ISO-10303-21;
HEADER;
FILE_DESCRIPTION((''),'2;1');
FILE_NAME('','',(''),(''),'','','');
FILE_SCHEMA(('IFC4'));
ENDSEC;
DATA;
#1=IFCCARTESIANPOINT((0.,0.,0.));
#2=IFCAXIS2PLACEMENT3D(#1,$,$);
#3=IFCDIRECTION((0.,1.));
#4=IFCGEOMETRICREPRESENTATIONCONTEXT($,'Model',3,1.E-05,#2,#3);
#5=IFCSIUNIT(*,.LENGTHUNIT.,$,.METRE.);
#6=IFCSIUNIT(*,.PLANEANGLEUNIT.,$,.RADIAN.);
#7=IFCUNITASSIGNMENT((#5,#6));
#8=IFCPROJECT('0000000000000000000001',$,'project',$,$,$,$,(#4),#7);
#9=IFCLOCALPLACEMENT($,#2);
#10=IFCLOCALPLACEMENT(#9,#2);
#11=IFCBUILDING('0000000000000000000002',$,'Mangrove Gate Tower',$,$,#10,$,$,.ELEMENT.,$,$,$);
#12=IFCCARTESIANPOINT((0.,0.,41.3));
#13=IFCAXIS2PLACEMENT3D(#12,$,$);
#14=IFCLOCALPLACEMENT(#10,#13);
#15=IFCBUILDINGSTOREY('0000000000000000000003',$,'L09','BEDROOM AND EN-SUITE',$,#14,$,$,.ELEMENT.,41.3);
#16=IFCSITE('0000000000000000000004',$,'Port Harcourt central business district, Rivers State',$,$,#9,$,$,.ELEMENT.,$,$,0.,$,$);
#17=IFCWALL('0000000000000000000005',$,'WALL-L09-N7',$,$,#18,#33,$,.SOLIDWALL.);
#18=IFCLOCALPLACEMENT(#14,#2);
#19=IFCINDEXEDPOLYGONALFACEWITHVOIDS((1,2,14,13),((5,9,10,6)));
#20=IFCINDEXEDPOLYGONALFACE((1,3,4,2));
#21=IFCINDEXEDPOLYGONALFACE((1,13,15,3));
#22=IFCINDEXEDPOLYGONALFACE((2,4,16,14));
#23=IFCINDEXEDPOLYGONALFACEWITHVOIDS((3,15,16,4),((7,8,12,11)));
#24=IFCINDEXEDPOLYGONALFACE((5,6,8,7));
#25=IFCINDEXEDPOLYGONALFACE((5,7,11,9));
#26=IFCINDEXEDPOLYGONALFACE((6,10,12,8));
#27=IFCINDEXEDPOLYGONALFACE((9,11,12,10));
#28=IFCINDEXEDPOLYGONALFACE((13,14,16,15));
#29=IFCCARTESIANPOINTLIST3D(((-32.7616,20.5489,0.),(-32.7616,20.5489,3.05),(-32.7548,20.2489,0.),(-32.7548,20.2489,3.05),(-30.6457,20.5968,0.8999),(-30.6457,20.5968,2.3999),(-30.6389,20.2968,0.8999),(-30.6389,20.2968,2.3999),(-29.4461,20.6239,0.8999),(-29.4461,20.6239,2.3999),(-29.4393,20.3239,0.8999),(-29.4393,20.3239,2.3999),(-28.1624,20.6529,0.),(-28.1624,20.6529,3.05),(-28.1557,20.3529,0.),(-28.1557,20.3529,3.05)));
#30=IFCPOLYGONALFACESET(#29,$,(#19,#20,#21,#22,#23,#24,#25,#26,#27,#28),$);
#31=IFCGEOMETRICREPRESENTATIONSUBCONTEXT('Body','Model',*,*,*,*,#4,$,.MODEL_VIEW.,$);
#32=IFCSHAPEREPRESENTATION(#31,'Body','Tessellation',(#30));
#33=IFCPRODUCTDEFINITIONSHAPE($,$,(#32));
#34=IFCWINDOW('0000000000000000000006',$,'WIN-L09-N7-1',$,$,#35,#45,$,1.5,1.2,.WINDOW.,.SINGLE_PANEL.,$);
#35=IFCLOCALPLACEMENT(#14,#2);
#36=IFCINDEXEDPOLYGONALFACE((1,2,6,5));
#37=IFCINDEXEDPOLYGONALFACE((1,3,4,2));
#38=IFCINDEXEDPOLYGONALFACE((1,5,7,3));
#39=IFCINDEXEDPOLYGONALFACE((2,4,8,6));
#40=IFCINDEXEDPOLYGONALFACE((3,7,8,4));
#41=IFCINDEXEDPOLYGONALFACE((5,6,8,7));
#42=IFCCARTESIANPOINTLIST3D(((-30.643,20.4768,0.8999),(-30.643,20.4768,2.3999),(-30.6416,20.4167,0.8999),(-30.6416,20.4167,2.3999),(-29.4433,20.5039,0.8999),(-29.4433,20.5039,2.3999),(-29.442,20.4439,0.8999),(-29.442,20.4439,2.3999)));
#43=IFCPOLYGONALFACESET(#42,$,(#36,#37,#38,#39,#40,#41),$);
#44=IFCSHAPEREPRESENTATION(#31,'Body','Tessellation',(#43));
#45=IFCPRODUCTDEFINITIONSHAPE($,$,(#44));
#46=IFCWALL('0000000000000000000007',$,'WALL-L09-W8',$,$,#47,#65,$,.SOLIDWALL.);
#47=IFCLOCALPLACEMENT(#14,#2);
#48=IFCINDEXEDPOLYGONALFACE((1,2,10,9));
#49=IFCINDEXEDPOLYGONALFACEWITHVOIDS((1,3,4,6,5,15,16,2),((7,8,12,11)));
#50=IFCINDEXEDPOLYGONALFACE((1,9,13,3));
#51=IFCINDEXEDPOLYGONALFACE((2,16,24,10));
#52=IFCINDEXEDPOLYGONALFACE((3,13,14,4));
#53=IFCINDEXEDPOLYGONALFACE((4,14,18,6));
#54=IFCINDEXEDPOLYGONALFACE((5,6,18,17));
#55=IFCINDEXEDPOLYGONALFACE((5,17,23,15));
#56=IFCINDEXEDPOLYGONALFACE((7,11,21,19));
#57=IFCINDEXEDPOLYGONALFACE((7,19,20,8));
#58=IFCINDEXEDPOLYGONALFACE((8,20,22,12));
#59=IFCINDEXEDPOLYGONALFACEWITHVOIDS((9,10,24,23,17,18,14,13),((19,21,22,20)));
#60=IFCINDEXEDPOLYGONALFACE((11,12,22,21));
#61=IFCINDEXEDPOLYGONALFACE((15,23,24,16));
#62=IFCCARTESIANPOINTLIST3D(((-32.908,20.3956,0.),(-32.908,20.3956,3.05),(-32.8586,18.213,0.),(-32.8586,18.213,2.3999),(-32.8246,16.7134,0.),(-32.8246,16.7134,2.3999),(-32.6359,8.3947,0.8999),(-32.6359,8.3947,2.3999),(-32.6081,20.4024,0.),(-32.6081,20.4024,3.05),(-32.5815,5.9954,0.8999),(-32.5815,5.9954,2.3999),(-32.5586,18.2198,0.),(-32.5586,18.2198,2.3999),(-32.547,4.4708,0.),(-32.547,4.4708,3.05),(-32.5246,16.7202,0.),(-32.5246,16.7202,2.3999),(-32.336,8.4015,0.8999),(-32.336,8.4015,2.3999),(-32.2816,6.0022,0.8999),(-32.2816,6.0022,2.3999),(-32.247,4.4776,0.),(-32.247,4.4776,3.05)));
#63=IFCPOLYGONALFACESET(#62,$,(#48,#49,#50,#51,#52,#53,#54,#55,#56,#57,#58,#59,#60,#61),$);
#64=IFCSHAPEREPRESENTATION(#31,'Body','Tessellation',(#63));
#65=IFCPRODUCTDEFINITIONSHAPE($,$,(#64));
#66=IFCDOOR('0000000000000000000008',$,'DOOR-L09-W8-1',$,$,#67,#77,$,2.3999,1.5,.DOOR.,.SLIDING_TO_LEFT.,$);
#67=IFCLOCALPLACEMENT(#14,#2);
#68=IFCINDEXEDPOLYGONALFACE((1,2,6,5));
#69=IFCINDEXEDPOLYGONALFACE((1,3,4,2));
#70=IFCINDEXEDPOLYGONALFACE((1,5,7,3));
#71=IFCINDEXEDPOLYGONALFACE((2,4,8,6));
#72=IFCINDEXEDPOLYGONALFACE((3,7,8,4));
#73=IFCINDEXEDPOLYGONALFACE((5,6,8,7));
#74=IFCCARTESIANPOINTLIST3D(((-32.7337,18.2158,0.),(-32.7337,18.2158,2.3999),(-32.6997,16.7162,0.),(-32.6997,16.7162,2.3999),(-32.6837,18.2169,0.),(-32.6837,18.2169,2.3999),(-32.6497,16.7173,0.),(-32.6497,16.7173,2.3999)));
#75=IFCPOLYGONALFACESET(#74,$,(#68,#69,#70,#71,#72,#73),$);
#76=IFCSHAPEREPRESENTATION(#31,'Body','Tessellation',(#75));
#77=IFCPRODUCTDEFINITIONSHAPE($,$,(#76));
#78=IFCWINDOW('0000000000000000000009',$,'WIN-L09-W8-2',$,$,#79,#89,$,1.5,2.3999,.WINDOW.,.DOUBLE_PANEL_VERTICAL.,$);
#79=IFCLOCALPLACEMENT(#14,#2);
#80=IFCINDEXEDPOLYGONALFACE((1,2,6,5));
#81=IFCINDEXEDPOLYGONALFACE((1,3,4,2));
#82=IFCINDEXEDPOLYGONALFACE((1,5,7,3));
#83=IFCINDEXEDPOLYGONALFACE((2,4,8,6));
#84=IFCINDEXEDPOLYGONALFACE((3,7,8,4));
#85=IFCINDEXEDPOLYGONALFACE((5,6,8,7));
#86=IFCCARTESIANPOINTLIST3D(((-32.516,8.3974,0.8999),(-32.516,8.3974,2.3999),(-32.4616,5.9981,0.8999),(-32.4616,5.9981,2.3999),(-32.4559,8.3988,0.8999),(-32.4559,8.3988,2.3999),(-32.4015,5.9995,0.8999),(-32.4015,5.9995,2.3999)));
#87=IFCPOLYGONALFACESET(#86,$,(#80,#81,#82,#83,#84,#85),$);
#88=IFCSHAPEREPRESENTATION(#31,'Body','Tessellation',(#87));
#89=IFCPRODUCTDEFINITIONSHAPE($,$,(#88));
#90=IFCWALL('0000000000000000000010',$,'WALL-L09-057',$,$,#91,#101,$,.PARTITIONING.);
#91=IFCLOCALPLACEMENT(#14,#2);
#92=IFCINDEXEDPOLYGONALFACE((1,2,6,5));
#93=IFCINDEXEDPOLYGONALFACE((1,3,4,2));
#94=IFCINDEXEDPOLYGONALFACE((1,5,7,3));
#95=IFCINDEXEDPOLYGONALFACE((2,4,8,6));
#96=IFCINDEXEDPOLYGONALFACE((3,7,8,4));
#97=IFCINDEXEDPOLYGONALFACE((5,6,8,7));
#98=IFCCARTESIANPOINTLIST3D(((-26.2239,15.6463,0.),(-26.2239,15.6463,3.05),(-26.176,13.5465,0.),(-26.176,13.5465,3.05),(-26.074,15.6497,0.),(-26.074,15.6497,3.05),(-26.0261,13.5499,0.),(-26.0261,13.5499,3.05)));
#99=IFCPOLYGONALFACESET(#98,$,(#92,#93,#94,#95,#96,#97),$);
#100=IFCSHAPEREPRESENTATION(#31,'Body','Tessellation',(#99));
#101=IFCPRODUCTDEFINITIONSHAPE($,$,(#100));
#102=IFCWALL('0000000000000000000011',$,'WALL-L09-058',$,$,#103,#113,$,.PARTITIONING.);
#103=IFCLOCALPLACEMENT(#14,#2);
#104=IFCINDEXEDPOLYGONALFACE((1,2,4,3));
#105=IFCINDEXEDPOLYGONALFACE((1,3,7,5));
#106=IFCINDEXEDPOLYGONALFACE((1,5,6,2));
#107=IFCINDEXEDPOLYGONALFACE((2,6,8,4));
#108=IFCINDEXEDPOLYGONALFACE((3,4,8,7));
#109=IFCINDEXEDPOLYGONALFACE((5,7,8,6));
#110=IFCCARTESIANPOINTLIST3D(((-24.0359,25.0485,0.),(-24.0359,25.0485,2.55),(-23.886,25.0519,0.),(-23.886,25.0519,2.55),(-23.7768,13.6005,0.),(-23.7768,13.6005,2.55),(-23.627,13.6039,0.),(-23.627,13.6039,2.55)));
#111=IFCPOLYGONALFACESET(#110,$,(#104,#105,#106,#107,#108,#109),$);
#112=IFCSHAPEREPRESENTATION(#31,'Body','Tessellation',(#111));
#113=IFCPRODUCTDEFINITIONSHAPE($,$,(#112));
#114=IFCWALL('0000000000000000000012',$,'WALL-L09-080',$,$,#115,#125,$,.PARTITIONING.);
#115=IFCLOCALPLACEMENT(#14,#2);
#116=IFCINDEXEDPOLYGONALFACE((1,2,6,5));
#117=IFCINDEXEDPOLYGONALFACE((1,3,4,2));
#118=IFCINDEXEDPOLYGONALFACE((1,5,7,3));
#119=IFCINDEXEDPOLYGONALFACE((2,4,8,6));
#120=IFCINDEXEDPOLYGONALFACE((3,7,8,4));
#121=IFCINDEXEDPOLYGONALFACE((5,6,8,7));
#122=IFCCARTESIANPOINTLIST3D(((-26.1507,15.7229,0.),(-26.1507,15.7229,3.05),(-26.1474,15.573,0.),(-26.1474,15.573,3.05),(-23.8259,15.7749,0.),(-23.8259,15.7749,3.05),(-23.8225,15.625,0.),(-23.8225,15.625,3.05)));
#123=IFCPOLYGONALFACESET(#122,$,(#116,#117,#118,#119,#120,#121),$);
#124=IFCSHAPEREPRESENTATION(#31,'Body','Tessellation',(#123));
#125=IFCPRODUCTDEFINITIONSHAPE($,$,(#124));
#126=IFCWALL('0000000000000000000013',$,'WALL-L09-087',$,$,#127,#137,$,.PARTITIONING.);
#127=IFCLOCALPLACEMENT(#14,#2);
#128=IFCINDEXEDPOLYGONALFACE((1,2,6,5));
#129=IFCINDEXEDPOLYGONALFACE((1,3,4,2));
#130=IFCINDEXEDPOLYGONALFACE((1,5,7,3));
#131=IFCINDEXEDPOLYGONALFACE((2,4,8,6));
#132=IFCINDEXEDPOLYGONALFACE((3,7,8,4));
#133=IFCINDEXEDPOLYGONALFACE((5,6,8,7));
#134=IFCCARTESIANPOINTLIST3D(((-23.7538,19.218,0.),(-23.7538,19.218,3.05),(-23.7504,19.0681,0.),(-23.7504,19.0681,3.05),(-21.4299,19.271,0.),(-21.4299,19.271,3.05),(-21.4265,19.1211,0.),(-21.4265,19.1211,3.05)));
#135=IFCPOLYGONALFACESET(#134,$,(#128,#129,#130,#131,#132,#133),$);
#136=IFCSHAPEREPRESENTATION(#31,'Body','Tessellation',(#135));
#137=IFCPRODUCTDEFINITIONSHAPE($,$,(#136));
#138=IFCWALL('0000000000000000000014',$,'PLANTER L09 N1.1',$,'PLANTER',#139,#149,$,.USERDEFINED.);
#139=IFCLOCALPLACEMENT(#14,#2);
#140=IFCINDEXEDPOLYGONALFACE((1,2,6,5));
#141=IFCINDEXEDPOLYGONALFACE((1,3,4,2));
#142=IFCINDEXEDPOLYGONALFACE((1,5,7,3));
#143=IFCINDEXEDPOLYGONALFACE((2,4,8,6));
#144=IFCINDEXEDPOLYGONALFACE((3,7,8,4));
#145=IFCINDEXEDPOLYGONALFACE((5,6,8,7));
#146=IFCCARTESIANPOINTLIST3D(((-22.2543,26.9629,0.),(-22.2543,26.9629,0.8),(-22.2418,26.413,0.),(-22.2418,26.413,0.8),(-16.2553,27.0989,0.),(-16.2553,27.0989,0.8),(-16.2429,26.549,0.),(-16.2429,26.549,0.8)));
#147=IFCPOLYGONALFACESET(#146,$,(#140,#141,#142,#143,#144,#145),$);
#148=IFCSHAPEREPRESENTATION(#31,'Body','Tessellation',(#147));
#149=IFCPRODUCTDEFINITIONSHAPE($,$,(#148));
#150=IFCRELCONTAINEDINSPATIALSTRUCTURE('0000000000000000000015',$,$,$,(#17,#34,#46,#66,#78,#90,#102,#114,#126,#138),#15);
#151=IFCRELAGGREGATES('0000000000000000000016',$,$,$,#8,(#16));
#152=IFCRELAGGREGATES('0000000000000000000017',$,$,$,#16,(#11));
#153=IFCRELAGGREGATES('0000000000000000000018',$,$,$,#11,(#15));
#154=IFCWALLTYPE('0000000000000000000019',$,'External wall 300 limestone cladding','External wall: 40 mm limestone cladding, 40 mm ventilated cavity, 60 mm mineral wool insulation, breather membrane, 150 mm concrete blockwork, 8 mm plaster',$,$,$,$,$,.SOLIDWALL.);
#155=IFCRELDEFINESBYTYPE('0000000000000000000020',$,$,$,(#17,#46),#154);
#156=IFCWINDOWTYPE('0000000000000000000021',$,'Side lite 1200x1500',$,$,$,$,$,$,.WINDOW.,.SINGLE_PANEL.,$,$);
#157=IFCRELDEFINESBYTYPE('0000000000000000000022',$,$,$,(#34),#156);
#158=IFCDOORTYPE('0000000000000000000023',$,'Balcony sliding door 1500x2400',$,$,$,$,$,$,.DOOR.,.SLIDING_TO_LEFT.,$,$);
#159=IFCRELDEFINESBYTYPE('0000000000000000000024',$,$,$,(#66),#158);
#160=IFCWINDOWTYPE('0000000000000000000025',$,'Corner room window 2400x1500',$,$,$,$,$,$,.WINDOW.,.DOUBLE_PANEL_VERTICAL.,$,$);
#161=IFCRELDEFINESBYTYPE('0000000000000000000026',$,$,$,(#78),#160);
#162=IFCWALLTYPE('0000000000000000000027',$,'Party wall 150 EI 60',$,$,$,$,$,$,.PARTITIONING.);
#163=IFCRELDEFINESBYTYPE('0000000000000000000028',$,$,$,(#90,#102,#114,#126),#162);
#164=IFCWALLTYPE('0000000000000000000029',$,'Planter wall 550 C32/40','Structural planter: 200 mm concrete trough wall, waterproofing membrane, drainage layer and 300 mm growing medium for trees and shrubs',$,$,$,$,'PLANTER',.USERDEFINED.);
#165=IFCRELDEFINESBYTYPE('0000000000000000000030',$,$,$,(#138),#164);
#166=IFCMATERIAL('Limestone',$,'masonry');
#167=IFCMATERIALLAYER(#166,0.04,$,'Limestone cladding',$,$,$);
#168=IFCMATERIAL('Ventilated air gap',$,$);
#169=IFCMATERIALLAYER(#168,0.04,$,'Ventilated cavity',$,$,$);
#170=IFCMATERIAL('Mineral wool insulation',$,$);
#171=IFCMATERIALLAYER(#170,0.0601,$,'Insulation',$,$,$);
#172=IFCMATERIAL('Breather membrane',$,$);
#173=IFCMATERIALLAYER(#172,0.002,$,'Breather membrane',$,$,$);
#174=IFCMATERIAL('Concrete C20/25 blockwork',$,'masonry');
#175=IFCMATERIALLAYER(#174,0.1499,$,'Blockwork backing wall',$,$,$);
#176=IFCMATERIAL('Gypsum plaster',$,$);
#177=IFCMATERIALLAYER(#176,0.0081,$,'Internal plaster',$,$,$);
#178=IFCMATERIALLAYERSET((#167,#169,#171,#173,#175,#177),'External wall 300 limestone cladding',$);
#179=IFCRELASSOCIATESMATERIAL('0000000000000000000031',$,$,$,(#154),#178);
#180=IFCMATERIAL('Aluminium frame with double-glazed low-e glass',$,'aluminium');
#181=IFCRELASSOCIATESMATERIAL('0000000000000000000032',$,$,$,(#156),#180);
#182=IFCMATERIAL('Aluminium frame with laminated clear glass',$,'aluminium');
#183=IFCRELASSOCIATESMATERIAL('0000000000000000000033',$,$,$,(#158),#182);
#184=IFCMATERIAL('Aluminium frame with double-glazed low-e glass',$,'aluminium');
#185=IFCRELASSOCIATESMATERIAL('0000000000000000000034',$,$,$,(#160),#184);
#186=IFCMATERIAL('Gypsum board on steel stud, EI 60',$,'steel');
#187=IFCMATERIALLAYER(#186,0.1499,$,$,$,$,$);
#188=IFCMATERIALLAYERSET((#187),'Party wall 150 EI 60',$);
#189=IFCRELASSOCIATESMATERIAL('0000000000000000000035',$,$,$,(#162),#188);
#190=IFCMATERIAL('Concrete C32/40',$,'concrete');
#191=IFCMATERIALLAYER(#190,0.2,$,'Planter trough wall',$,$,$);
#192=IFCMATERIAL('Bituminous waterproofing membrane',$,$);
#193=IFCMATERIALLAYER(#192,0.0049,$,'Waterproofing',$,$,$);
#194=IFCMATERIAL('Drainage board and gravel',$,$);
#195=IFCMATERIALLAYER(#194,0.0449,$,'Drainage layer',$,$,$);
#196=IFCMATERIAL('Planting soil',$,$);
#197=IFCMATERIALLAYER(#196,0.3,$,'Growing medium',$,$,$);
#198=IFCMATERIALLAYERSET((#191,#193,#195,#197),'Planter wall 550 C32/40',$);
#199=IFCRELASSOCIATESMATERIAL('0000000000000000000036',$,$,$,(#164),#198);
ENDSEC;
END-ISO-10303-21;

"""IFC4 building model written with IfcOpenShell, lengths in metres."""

from ifc_helpers import new_model, si_unit, direction, frame, frame_2d, origin, place, context, subcontext, project, spatial, rectangle, extrude, material, layer, layer_set, type_object, element, fill, save


model = new_model("IFC4")

# Units and contexts
model_context = context("Model", 3, precision=1e-05, world=origin(), true_north=direction((0.0, 1.0)))
body_context = subcontext(model_context, "Body", "Model", "MODEL_VIEW")
ifc_project = project(units=[si_unit("LENGTHUNIT", "METRE"), si_unit("PLANEANGLEUNIT", "RADIAN")], contexts=[model_context])

# Site, building, storey
site_placement = place(None, origin())
site = spatial("IfcSite", under=ifc_project, at=site_placement, Name="Port Harcourt central business district, Rivers State", CompositionType="ELEMENT", RefElevation=0.0)
building_placement = place(site_placement, origin())
building = spatial("IfcBuilding", under=site, at=building_placement, Name="Mangrove Gate Tower", CompositionType="ELEMENT")
storey_placement = place(building_placement, frame((0.0, 0.0, 41.3)))
storey = spatial("IfcBuildingStorey", under=building, at=storey_placement, Name="L09", Description="BEDROOM AND EN-SUITE", CompositionType="ELEMENT", Elevation=41.3)

# Wall, opening, window
ifc_material_1 = material(Name="Limestone", Category="masonry")
ifc_layer_1 = layer(ifc_material_1, 0.04, Name="Limestone cladding")
ifc_material_2 = material(Name="Ventilated air gap")
ifc_layer_2 = layer(ifc_material_2, 0.04, Name="Ventilated cavity")
ifc_material_3 = material(Name="Mineral wool insulation")
ifc_layer_3 = layer(ifc_material_3, 0.0601, Name="Insulation")
ifc_material_4 = material(Name="Breather membrane")
ifc_layer_4 = layer(ifc_material_4, 0.002, Name="Breather membrane")
ifc_material_5 = material(Name="Concrete C20/25 blockwork", Category="masonry")
ifc_layer_5 = layer(ifc_material_5, 0.1499, Name="Blockwork backing wall")
ifc_material_6 = material(Name="Gypsum plaster")
ifc_layer_6 = layer(ifc_material_6, 0.0081, Name="Internal plaster")
ifc_layer_set_1 = layer_set([ifc_layer_1, ifc_layer_2, ifc_layer_3, ifc_layer_4, ifc_layer_5, ifc_layer_6], Name="External wall 300 limestone cladding")
wall_type_1 = type_object("IfcWallType", Name="External wall 300 limestone cladding", Description="External wall: 40 mm limestone cladding, 40 mm ventilated cavity, 60 mm mineral wool insulation, breather membrane, 150 mm concrete blockwork, 8 mm plaster", PredefinedType="SOLIDWALL", material=ifc_layer_set_1)
ifc_material_7 = material(Name="Aluminium frame with double-glazed low-e glass", Category="aluminium")
window_type_1 = type_object("IfcWindowType", Name="Side lite 1200x1500", PartitioningType="SINGLE_PANEL", PredefinedType="WINDOW", material=ifc_material_7)
wall_1_placement = place(storey_placement, frame((-28.1589, 20.5029, 0.0), z_axis=(0.0, 0.0, 1.0), x_axis=(-0.999744, -0.022608, 0.0)))
wall_1 = element("IfcWall", 1, at=wall_1_placement, inside=storey, type_object=wall_type_1, Name="WALL-L09-N7", PredefinedType="SOLIDWALL", context=body_context, shape_type="SweptSolid", body=[
    extrude(rectangle(XDim=4.6003, YDim=0.3, at=frame_2d((2.3003, 0.0))), origin(), (0.0, 0.0, 1.0), 3.05),
])
opening_1_placement = place(wall_1_placement, frame((1.2839, 0.0, 0.8999)))
opening_1 = element("IfcOpeningElement", 2, at=opening_1_placement, cuts=wall_1, PredefinedType="OPENING", context=body_context, shape_type="SweptSolid", body=[
    extrude(rectangle(XDim=1.2, YDim=1.5, at=frame_2d((0.6001, 0.75))), frame((0.0, 0.1599, 0.0), z_axis=(0.0, -1.0, 0.0), x_axis=(1.0, 0.0, 0.0)), (0.0, 0.0, 1.0), 0.3201),
])
window_1_placement = place(opening_1_placement, origin())
window_1 = element("IfcWindow", 3, at=window_1_placement, inside=storey, type_object=window_type_1, Name="WIN-L09-N7-1", OverallHeight=1.5, OverallWidth=1.2, PartitioningType="SINGLE_PANEL", PredefinedType="WINDOW", context=body_context, shape_type="SweptSolid", body=[
    extrude(rectangle(XDim=1.2, YDim=1.5, at=frame_2d((0.6001, 0.75))), frame((0.0, 0.03, 0.0), z_axis=(0.0, -1.0, 0.0), x_axis=(1.0, 0.0, 0.0)), (0.0, 0.0, 1.0), 0.0601),
])
fill(opening_1, window_1)

# Wall, openings, door, window
wall_2_placement = place(storey_placement, frame((-32.7581, 20.3989, 0.0), z_axis=(0.0, 0.0, 1.0), x_axis=(0.022668, -0.999743, 0.0)))
wall_2 = element("IfcWall", 4, at=wall_2_placement, inside=storey, type_object=wall_type_1, Name="WALL-L09-W8", PredefinedType="SOLIDWALL", context=body_context, shape_type="SweptSolid", body=[
    extrude(rectangle(XDim=15.929, YDim=0.3, at=frame_2d((7.9644, 0.0))), origin(), (0.0, 0.0, 1.0), 3.05),
])
opening_2_placement = place(wall_2_placement, frame((2.1831, 0.0, 0.0)))
opening_2 = element("IfcOpeningElement", 5, at=opening_2_placement, cuts=wall_2, PredefinedType="OPENING", context=body_context, shape_type="SweptSolid", body=[
    extrude(rectangle(XDim=1.5, YDim=2.3999, at=frame_2d((0.75, 1.2))), frame((0.0, 0.1599, 0.0), z_axis=(0.0, -1.0, 0.0), x_axis=(1.0, 0.0, 0.0)), (0.0, 0.0, 1.0), 0.3201),
])
opening_3_placement = place(wall_2_placement, frame((12.0039, 0.0, 0.8999)))
opening_3 = element("IfcOpeningElement", 6, at=opening_3_placement, cuts=wall_2, PredefinedType="OPENING", context=body_context, shape_type="SweptSolid", body=[
    extrude(rectangle(XDim=2.3999, YDim=1.5, at=frame_2d((1.2, 0.75))), frame((0.0, 0.1599, 0.0), z_axis=(0.0, -1.0, 0.0), x_axis=(1.0, 0.0, 0.0)), (0.0, 0.0, 1.0), 0.3201),
])
ifc_material_8 = material(Name="Aluminium frame with laminated clear glass", Category="aluminium")
door_type = type_object("IfcDoorType", Name="Balcony sliding door 1500x2400", OperationType="SLIDING_TO_LEFT", PredefinedType="DOOR", material=ifc_material_8)
door_placement = place(opening_2_placement, origin())
door = element("IfcDoor", 7, at=door_placement, inside=storey, type_object=door_type, Name="DOOR-L09-W8-1", OperationType="SLIDING_TO_LEFT", OverallHeight=2.3999, OverallWidth=1.5, PredefinedType="DOOR", context=body_context, shape_type="SweptSolid", body=[
    extrude(rectangle(XDim=1.5, YDim=2.3999, at=frame_2d((0.75, 1.2))), frame((0.0, 0.0249, 0.0), z_axis=(0.0, -1.0, 0.0), x_axis=(1.0, 0.0, 0.0)), (0.0, 0.0, 1.0), 0.05),
])
fill(opening_2, door)
ifc_material_9 = material(Name="Aluminium frame with double-glazed low-e glass", Category="aluminium")
window_type_2 = type_object("IfcWindowType", Name="Corner room window 2400x1500", PartitioningType="DOUBLE_PANEL_VERTICAL", PredefinedType="WINDOW", material=ifc_material_9)
window_2_placement = place(opening_3_placement, origin())
window_2 = element("IfcWindow", 8, at=window_2_placement, inside=storey, type_object=window_type_2, Name="WIN-L09-W8-2", OverallHeight=1.5, OverallWidth=2.3999, PartitioningType="DOUBLE_PANEL_VERTICAL", PredefinedType="WINDOW", context=body_context, shape_type="SweptSolid", body=[
    extrude(rectangle(XDim=2.3999, YDim=1.5, at=frame_2d((1.2, 0.75))), frame((0.0, 0.03, 0.0), z_axis=(0.0, -1.0, 0.0), x_axis=(1.0, 0.0, 0.0)), (0.0, 0.0, 1.0), 0.0601),
])
fill(opening_3, window_2)

# Walls
ifc_material_10 = material(Name="Gypsum board on steel stud, EI 60", Category="steel")
ifc_layer_7 = layer(ifc_material_10, 0.1499)
ifc_layer_set_2 = layer_set([ifc_layer_7], Name="Party wall 150 EI 60")
wall_type_2 = type_object("IfcWallType", Name="Party wall 150 EI 60", PredefinedType="PARTITIONING", material=ifc_layer_set_2)
wall_3_placement = place(storey_placement, frame((-26.1011, 13.5481, 0.0), z_axis=(0.0, 0.0, 1.0), x_axis=(-0.022782, 0.99974, 0.0)))
element("IfcWall", 9, at=wall_3_placement, inside=storey, type_object=wall_type_2, Name="WALL-L09-057", PredefinedType="PARTITIONING", context=body_context, shape_type="SweptSolid", body=[
    extrude(rectangle(XDim=2.1003, YDim=0.1499, at=frame_2d((1.0503, 0.0))), origin(), (0.0, 0.0, 1.0), 3.05),
])
wall_4_placement = place(storey_placement, frame((-23.7019, 13.6021, 0.0), z_axis=(0.0, 0.0, 1.0), x_axis=(-0.022621, 0.999744, 0.0)))
element("IfcWall", 10, at=wall_4_placement, inside=storey, type_object=wall_type_2, Name="WALL-L09-058", PredefinedType="PARTITIONING", context=body_context, shape_type="SweptSolid", body=[
    extrude(rectangle(XDim=11.4509, YDim=0.1499, at=frame_2d((5.7256, 0.0))), origin(), (0.0, 0.0, 1.0), 2.55),
])
wall_5_placement = place(storey_placement, frame((-26.1489, 15.6479, 0.0), z_axis=(0.0, 0.0, 1.0), x_axis=(0.99975, 0.022361, 0.0)))
element("IfcWall", 11, at=wall_5_placement, inside=storey, type_object=wall_type_2, Name="WALL-L09-080", PredefinedType="PARTITIONING", context=body_context, shape_type="SweptSolid", body=[
    extrude(rectangle(XDim=2.3254, YDim=0.1499, at=frame_2d((1.1626, 0.0))), origin(), (0.0, 0.0, 1.0), 3.05),
])
wall_6_placement = place(storey_placement, frame((-23.752, 19.1431, 0.0), z_axis=(0.0, 0.0, 1.0), x_axis=(0.99974, 0.022791, 0.0)))
element("IfcWall", 12, at=wall_6_placement, inside=storey, type_object=wall_type_2, Name="WALL-L09-087", PredefinedType="PARTITIONING", context=body_context, shape_type="SweptSolid", body=[
    extrude(rectangle(XDim=2.3245, YDim=0.1499, at=frame_2d((1.1621, 0.0))), origin(), (0.0, 0.0, 1.0), 3.05),
])
ifc_material_11 = material(Name="Concrete C32/40", Category="concrete")
ifc_layer_8 = layer(ifc_material_11, 0.2, Name="Planter trough wall")
ifc_material_12 = material(Name="Bituminous waterproofing membrane")
ifc_layer_9 = layer(ifc_material_12, 0.0049, Name="Waterproofing")
ifc_material_13 = material(Name="Drainage board and gravel")
ifc_layer_10 = layer(ifc_material_13, 0.0449, Name="Drainage layer")
ifc_material_14 = material(Name="Planting soil")
ifc_layer_11 = layer(ifc_material_14, 0.3, Name="Growing medium")
ifc_layer_set_3 = layer_set([ifc_layer_8, ifc_layer_9, ifc_layer_10, ifc_layer_11], Name="Planter wall 550 C32/40")
wall_type_3 = type_object("IfcWallType", Name="Planter wall 550 C32/40", Description="Structural planter: 200 mm concrete trough wall, waterproofing membrane, drainage layer and 300 mm growing medium for trees and shrubs", ElementType="PLANTER", PredefinedType="USERDEFINED", material=ifc_layer_set_3)
wall_7_placement = place(storey_placement, frame((-22.248, 26.688, 0.0), z_axis=(0.0, 0.0, 1.0), x_axis=(0.999743, 0.022662, 0.0)))
element("IfcWall", 13, at=wall_7_placement, inside=storey, type_object=wall_type_3, Name="PLANTER L09 N1.1", ObjectType="PLANTER", PredefinedType="USERDEFINED", context=body_context, shape_type="SweptSolid", body=[
    extrude(rectangle(XDim=6.0005, YDim=0.55, at=frame_2d((3.0002, 0.0))), origin(), (0.0, 0.0, 1.0), 0.8),
])

save(model, "model.ifc")
